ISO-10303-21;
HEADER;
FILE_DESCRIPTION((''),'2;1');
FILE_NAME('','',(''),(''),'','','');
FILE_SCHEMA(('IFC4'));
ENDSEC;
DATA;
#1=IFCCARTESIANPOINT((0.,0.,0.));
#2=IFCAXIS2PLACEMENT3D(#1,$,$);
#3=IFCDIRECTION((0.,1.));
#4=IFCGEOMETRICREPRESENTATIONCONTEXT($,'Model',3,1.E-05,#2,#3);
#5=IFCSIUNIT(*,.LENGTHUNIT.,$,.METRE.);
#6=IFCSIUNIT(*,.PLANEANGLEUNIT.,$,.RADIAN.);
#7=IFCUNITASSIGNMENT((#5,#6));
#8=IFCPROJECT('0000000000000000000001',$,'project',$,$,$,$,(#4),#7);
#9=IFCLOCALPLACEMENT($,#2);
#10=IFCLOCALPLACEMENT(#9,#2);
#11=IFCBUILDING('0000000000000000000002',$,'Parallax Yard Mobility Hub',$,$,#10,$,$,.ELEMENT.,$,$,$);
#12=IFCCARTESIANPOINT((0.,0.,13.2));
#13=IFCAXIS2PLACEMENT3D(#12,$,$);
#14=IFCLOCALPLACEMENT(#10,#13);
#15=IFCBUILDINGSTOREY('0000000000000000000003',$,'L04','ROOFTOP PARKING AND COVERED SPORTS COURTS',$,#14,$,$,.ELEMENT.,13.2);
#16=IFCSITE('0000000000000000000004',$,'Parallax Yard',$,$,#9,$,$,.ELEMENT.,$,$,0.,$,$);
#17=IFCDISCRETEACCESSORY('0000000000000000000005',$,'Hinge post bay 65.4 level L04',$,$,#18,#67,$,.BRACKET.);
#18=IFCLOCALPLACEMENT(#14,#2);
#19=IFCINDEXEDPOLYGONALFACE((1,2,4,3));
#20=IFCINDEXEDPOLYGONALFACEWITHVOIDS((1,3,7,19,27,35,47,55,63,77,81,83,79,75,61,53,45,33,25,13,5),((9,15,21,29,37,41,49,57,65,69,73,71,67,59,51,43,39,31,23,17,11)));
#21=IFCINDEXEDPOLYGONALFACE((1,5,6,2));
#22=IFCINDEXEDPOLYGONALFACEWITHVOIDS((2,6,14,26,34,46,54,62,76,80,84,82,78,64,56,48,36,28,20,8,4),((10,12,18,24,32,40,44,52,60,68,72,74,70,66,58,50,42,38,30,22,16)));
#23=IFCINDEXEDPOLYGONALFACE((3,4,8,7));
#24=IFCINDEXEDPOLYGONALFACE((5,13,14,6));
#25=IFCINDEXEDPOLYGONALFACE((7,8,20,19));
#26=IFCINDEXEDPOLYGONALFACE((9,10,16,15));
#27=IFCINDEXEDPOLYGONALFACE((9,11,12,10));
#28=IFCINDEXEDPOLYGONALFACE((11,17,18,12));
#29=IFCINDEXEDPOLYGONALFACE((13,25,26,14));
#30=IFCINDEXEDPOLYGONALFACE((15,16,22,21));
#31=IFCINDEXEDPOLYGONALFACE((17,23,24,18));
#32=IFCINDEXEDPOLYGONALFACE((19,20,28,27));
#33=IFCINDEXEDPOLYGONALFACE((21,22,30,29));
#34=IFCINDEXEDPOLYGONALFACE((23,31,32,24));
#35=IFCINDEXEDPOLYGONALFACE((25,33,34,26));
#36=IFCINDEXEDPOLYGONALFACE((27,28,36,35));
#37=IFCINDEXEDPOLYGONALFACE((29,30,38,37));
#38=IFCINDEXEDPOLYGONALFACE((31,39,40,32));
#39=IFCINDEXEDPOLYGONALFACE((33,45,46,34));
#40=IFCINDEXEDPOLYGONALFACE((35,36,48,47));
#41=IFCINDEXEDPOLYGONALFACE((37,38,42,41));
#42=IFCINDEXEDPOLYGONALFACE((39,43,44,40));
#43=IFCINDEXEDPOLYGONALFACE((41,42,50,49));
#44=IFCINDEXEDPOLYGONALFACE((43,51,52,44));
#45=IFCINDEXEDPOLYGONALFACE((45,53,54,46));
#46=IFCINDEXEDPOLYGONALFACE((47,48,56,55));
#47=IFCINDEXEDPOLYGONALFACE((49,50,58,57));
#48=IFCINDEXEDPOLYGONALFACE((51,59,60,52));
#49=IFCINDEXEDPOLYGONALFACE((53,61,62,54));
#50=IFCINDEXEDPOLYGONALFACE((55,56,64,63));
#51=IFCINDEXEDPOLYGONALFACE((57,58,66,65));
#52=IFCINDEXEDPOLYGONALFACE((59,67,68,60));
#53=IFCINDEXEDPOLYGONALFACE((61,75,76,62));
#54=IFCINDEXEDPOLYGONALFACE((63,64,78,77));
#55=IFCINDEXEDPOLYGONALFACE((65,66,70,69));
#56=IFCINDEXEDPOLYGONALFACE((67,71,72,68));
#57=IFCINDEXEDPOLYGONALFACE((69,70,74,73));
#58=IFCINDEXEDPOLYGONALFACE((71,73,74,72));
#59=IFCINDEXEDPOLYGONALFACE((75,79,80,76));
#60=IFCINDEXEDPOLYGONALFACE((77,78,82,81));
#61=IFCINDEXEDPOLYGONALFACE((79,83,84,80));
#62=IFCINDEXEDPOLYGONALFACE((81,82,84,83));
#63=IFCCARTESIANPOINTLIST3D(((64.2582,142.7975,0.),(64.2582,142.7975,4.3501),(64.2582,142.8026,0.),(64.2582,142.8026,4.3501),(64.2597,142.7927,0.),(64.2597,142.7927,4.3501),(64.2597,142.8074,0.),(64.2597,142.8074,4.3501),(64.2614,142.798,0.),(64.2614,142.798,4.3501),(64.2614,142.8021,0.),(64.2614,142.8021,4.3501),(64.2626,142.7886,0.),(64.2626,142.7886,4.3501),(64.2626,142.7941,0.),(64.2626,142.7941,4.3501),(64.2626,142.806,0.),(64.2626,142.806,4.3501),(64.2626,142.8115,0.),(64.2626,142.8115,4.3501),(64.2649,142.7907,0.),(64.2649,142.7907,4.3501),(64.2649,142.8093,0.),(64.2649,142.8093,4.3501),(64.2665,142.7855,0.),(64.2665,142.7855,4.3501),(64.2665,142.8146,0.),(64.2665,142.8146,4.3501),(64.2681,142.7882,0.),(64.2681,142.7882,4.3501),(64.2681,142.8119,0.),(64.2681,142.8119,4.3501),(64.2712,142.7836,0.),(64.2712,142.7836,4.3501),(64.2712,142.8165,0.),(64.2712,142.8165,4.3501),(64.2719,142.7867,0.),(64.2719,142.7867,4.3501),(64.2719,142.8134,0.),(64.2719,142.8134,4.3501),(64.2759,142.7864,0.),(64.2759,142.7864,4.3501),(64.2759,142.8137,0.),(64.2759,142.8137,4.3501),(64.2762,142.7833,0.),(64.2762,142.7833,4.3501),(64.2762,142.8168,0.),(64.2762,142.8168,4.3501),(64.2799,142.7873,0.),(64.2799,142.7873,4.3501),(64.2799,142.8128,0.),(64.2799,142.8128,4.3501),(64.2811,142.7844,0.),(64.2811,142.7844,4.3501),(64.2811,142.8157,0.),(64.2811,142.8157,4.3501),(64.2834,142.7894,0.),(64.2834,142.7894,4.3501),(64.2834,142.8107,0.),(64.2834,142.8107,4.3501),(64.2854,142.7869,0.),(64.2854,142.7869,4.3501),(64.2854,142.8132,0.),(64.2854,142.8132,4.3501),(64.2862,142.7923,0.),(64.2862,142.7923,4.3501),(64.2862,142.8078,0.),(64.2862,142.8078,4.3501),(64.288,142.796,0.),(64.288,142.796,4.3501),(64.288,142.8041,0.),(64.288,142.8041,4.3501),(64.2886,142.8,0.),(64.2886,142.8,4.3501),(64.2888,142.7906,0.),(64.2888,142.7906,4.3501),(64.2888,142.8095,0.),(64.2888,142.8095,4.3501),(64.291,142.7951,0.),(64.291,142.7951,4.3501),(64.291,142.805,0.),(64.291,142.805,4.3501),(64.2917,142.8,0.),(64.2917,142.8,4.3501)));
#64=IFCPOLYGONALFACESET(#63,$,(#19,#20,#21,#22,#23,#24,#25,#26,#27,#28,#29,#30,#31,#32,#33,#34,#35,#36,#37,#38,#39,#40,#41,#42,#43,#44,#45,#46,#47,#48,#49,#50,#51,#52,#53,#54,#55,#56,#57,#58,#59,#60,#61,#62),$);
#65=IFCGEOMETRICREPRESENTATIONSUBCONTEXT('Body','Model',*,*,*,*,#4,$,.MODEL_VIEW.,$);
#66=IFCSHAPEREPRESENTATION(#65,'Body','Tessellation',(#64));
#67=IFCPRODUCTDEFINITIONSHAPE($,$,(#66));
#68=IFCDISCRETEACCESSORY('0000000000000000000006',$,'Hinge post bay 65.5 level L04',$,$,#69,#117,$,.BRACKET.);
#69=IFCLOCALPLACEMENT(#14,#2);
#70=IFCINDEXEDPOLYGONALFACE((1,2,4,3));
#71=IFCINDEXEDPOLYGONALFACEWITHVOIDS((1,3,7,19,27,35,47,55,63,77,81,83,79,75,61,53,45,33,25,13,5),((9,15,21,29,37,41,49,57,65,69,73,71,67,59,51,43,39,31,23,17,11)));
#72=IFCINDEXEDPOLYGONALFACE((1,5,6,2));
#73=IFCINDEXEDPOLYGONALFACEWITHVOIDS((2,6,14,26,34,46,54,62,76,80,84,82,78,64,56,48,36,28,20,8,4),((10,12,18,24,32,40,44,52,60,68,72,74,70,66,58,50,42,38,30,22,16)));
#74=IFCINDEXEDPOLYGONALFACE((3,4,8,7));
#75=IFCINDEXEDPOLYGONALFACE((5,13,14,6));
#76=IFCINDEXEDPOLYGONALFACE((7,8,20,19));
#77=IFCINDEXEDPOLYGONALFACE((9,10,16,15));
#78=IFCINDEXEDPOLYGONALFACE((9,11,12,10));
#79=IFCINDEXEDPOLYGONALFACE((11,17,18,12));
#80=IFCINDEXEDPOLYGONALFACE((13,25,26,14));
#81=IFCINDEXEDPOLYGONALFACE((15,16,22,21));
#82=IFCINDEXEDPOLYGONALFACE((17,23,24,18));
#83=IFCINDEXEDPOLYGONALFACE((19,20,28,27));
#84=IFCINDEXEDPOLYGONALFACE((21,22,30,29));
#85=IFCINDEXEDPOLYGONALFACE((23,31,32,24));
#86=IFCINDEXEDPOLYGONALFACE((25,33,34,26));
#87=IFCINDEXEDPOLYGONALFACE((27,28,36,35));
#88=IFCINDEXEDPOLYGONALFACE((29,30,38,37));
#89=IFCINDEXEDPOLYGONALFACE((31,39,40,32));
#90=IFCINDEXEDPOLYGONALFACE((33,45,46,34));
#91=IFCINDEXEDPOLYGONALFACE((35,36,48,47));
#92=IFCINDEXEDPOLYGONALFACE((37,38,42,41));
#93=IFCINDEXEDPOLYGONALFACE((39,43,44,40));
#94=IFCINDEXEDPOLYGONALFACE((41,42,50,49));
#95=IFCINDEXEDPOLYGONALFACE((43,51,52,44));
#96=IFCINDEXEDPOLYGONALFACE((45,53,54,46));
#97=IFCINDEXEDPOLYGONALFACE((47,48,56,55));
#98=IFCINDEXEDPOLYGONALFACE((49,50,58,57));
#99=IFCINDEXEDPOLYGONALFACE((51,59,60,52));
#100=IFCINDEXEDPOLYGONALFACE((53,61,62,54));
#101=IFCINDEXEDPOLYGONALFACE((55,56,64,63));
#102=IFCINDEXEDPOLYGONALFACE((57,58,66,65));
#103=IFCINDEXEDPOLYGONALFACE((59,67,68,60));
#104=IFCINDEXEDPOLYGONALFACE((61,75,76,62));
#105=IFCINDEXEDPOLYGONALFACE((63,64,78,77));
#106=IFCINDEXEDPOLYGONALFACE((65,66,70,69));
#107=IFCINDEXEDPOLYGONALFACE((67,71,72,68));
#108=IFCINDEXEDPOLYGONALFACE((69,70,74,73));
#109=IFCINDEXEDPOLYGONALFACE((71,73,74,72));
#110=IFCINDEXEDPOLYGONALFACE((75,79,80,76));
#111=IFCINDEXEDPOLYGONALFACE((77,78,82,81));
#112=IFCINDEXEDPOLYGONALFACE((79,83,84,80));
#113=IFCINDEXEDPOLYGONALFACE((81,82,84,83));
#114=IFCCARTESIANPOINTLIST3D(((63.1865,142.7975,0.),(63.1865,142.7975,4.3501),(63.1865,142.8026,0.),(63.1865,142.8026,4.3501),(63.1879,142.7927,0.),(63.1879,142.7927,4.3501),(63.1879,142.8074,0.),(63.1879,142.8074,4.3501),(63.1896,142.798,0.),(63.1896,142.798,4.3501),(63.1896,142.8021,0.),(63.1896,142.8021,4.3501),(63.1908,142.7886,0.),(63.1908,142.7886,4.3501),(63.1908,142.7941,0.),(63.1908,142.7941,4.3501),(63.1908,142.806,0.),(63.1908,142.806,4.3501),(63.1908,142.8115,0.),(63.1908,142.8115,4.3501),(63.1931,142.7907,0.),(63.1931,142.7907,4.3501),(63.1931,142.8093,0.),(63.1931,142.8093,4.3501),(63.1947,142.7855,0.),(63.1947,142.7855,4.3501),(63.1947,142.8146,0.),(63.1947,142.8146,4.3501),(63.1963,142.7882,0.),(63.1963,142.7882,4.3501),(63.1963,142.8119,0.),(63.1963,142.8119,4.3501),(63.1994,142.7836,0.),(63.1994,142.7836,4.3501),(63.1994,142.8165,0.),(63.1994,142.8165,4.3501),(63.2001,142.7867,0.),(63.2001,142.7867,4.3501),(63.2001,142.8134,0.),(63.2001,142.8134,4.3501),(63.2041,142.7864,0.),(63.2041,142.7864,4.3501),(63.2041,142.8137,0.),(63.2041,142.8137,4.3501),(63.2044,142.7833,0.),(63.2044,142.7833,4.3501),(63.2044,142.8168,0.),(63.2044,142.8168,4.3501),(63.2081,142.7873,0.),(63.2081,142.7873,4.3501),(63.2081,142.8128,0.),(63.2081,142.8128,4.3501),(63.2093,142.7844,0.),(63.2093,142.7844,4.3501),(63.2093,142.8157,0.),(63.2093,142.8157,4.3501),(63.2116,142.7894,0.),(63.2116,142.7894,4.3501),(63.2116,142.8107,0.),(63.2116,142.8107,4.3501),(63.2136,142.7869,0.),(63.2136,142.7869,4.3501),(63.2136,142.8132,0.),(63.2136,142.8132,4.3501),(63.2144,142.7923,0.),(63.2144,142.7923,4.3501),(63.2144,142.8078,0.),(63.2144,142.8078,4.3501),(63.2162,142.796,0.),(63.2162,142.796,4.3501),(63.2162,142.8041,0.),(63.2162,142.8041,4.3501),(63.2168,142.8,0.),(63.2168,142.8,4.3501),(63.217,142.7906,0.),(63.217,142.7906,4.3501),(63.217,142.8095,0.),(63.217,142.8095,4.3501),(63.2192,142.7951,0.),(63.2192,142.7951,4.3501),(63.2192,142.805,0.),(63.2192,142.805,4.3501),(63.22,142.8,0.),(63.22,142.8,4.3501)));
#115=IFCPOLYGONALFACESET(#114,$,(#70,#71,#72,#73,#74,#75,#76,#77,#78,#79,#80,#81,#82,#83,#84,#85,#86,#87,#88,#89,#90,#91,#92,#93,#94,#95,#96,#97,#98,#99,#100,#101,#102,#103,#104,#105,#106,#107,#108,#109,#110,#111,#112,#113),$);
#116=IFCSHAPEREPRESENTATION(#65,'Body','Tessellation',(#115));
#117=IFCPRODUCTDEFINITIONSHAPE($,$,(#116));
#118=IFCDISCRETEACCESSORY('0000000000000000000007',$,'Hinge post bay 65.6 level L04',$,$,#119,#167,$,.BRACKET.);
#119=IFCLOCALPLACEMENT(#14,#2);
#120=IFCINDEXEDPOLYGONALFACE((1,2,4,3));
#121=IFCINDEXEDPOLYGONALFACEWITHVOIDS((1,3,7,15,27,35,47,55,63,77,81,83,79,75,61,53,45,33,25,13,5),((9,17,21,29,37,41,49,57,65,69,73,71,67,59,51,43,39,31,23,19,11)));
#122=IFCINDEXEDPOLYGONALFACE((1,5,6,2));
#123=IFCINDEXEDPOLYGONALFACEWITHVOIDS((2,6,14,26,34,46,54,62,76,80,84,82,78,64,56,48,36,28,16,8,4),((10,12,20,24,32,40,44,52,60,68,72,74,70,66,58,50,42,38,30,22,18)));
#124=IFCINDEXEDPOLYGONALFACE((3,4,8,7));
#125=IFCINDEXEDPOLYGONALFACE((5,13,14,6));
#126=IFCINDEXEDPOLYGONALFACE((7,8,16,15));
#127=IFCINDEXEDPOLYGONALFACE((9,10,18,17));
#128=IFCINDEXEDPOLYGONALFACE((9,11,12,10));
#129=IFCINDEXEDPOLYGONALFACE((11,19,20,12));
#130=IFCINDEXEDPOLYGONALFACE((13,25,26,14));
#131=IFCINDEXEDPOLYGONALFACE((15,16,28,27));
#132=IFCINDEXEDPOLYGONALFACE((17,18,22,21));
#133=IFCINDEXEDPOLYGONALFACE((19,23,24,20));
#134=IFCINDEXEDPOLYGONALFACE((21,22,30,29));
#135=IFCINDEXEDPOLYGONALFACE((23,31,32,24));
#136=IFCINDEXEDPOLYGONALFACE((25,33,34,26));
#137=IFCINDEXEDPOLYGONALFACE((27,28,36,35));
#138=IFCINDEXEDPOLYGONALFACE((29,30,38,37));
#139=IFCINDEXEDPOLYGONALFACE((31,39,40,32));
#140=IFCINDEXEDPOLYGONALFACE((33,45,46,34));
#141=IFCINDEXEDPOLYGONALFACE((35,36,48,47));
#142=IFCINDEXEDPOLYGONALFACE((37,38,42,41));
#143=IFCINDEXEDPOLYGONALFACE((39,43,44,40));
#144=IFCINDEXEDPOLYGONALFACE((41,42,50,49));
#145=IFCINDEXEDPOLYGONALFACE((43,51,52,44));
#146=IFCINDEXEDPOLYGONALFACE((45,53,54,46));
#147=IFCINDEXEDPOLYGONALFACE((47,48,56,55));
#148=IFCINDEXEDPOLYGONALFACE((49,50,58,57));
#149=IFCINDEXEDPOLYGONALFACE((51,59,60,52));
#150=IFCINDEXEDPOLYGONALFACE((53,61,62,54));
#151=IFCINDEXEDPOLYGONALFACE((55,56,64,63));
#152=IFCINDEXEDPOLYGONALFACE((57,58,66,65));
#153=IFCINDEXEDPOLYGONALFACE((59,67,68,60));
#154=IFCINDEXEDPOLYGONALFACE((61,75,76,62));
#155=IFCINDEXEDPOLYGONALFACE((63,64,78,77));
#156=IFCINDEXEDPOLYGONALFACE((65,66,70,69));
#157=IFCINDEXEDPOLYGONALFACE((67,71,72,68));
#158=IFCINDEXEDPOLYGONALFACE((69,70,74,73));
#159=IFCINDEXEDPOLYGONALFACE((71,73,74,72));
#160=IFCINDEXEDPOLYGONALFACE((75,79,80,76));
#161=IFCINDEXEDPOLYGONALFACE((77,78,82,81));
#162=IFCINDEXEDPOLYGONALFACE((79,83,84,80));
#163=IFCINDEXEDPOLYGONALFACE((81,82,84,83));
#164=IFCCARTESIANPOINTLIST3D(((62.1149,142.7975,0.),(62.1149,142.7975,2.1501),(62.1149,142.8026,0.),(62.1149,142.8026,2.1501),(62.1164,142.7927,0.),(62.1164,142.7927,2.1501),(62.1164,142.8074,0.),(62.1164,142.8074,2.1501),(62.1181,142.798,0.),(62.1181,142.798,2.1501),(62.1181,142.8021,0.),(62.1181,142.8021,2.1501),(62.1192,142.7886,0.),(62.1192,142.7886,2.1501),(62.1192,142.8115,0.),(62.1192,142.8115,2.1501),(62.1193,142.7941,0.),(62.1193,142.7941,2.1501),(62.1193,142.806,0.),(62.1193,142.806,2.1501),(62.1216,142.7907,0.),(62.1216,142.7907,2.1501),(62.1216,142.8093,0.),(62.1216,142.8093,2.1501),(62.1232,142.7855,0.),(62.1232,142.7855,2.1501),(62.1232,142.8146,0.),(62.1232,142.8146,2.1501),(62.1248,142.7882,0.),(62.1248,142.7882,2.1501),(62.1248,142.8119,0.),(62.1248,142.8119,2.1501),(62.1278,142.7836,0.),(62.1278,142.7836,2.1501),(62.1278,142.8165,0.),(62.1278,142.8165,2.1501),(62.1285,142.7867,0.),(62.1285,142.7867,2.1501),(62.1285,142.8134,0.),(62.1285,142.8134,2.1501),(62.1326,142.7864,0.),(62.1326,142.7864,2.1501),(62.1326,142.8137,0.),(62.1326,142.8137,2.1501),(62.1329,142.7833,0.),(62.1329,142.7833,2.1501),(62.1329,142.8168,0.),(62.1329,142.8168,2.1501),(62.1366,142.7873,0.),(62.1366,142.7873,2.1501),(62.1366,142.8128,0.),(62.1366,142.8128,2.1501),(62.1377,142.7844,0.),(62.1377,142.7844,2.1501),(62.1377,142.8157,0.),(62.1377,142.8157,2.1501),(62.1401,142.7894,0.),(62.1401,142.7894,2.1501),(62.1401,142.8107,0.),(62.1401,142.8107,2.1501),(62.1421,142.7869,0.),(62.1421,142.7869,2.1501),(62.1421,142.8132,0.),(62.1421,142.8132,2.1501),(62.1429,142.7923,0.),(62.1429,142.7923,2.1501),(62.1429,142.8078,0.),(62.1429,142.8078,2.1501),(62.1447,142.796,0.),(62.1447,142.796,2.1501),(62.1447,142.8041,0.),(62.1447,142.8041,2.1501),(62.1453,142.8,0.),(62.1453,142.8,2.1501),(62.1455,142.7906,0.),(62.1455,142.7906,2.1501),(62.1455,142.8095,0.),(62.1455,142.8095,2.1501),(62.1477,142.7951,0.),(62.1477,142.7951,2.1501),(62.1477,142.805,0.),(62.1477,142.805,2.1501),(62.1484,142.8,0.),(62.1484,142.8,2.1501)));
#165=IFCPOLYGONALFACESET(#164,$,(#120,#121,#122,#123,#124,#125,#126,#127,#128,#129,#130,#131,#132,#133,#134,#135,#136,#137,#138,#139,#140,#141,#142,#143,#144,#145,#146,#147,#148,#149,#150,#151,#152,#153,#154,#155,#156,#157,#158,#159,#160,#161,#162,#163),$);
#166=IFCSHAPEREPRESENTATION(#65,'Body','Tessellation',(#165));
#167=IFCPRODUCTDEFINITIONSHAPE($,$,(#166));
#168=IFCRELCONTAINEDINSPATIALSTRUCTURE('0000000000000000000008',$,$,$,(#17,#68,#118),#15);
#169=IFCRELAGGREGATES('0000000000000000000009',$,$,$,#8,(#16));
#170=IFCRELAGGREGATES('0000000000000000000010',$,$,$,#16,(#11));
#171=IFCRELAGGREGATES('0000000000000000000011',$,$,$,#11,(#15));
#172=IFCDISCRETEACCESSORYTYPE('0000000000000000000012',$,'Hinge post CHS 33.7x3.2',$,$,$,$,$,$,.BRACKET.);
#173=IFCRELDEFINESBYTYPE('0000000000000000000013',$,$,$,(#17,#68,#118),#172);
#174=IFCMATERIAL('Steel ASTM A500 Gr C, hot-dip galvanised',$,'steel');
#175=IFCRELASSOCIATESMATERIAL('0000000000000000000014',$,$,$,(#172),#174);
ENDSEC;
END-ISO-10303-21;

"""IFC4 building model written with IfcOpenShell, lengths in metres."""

from ifc_helpers import new_model, si_unit, direction, frame, origin, origin_2d, place, context, subcontext, project, spatial, hollow_circle, extrude, material, material_profile, profile_set, type_object, element, save


model = new_model("IFC4")

# Units and contexts
model_context = context("Model", 3, precision=1e-05, world=origin(), true_north=direction((0.0, 1.0)))
body_context = subcontext(model_context, "Body", "Model", "MODEL_VIEW")
ifc_project = project(units=[si_unit("LENGTHUNIT", "METRE"), si_unit("PLANEANGLEUNIT", "RADIAN")], contexts=[model_context])

# Site, building, storey
site_placement = place(None, origin())
site = spatial("IfcSite", under=ifc_project, at=site_placement, Name="Parallax Yard", CompositionType="ELEMENT", RefElevation=0.0)
building_placement = place(site_placement, origin())
building = spatial("IfcBuilding", under=site, at=building_placement, Name="Parallax Yard Mobility Hub", CompositionType="ELEMENT")
storey_placement = place(building_placement, frame((0.0, 0.0, 13.2)))
storey = spatial("IfcBuildingStorey", under=building, at=storey_placement, Name="L04", Description="ROOFTOP PARKING AND COVERED SPORTS COURTS", CompositionType="ELEMENT", Elevation=13.2)

# Discrete accessories
ifc_material_1 = material(Name="Steel ASTM A500 Gr C, hot-dip galvanised", Category="steel")
ifc_material_profile = material_profile(ifc_material_1, hollow_circle(Radius=0.0168, WallThickness=0.0032, at=origin_2d()), Name="CHS 33.7x3.2")
ifc_profile_set = profile_set([ifc_material_profile], Name="Steel ASTM A500 Gr C, hot-dip galvanised")
discrete_accessory_type_1 = type_object("IfcDiscreteAccessoryType", Name="Hinge post CHS 33.7x3.2", PredefinedType="BRACKET", material=ifc_profile_set)
for number, where, z_axis, x_axis, name in (
    (1, (64.2749, 142.8, 0.0), (0.0, 0.0, 1.0), (1.0, 0.0, 0.0), "Hinge post bay 65.4 level L04"),
    (2, (63.2031, 142.8, 0.0), (0.0, 0.0, 1.0), (1.0, 0.0, 0.0), "Hinge post bay 65.5 level L04"),
):
    element("IfcDiscreteAccessory", number, at=place(storey_placement, frame(where, z_axis=z_axis, x_axis=x_axis)), inside=storey, type_object=discrete_accessory_type_1, Name=name, PredefinedType="BRACKET", context=body_context, shape_type="SweptSolid", body=[
        extrude(hollow_circle(Radius=0.0168, WallThickness=0.0032, at=origin_2d()), origin(), (0.0, 0.0, 1.0), 4.3501),
    ])
discrete_accessory_1_placement = place(storey_placement, frame((62.1316, 142.8, 0.0), z_axis=(0.0, 0.0, 1.0), x_axis=(1.0, 0.0, 0.0)))
element("IfcDiscreteAccessory", 3, at=discrete_accessory_1_placement, inside=storey, type_object=discrete_accessory_type_1, Name="Hinge post bay 65.6 level L04", PredefinedType="BRACKET", context=body_context, shape_type="SweptSolid", body=[
    extrude(hollow_circle(Radius=0.0168, WallThickness=0.0032, at=origin_2d()), origin(), (0.0, 0.0, 1.0), 2.1501),
])

save(model, "model.ifc")
